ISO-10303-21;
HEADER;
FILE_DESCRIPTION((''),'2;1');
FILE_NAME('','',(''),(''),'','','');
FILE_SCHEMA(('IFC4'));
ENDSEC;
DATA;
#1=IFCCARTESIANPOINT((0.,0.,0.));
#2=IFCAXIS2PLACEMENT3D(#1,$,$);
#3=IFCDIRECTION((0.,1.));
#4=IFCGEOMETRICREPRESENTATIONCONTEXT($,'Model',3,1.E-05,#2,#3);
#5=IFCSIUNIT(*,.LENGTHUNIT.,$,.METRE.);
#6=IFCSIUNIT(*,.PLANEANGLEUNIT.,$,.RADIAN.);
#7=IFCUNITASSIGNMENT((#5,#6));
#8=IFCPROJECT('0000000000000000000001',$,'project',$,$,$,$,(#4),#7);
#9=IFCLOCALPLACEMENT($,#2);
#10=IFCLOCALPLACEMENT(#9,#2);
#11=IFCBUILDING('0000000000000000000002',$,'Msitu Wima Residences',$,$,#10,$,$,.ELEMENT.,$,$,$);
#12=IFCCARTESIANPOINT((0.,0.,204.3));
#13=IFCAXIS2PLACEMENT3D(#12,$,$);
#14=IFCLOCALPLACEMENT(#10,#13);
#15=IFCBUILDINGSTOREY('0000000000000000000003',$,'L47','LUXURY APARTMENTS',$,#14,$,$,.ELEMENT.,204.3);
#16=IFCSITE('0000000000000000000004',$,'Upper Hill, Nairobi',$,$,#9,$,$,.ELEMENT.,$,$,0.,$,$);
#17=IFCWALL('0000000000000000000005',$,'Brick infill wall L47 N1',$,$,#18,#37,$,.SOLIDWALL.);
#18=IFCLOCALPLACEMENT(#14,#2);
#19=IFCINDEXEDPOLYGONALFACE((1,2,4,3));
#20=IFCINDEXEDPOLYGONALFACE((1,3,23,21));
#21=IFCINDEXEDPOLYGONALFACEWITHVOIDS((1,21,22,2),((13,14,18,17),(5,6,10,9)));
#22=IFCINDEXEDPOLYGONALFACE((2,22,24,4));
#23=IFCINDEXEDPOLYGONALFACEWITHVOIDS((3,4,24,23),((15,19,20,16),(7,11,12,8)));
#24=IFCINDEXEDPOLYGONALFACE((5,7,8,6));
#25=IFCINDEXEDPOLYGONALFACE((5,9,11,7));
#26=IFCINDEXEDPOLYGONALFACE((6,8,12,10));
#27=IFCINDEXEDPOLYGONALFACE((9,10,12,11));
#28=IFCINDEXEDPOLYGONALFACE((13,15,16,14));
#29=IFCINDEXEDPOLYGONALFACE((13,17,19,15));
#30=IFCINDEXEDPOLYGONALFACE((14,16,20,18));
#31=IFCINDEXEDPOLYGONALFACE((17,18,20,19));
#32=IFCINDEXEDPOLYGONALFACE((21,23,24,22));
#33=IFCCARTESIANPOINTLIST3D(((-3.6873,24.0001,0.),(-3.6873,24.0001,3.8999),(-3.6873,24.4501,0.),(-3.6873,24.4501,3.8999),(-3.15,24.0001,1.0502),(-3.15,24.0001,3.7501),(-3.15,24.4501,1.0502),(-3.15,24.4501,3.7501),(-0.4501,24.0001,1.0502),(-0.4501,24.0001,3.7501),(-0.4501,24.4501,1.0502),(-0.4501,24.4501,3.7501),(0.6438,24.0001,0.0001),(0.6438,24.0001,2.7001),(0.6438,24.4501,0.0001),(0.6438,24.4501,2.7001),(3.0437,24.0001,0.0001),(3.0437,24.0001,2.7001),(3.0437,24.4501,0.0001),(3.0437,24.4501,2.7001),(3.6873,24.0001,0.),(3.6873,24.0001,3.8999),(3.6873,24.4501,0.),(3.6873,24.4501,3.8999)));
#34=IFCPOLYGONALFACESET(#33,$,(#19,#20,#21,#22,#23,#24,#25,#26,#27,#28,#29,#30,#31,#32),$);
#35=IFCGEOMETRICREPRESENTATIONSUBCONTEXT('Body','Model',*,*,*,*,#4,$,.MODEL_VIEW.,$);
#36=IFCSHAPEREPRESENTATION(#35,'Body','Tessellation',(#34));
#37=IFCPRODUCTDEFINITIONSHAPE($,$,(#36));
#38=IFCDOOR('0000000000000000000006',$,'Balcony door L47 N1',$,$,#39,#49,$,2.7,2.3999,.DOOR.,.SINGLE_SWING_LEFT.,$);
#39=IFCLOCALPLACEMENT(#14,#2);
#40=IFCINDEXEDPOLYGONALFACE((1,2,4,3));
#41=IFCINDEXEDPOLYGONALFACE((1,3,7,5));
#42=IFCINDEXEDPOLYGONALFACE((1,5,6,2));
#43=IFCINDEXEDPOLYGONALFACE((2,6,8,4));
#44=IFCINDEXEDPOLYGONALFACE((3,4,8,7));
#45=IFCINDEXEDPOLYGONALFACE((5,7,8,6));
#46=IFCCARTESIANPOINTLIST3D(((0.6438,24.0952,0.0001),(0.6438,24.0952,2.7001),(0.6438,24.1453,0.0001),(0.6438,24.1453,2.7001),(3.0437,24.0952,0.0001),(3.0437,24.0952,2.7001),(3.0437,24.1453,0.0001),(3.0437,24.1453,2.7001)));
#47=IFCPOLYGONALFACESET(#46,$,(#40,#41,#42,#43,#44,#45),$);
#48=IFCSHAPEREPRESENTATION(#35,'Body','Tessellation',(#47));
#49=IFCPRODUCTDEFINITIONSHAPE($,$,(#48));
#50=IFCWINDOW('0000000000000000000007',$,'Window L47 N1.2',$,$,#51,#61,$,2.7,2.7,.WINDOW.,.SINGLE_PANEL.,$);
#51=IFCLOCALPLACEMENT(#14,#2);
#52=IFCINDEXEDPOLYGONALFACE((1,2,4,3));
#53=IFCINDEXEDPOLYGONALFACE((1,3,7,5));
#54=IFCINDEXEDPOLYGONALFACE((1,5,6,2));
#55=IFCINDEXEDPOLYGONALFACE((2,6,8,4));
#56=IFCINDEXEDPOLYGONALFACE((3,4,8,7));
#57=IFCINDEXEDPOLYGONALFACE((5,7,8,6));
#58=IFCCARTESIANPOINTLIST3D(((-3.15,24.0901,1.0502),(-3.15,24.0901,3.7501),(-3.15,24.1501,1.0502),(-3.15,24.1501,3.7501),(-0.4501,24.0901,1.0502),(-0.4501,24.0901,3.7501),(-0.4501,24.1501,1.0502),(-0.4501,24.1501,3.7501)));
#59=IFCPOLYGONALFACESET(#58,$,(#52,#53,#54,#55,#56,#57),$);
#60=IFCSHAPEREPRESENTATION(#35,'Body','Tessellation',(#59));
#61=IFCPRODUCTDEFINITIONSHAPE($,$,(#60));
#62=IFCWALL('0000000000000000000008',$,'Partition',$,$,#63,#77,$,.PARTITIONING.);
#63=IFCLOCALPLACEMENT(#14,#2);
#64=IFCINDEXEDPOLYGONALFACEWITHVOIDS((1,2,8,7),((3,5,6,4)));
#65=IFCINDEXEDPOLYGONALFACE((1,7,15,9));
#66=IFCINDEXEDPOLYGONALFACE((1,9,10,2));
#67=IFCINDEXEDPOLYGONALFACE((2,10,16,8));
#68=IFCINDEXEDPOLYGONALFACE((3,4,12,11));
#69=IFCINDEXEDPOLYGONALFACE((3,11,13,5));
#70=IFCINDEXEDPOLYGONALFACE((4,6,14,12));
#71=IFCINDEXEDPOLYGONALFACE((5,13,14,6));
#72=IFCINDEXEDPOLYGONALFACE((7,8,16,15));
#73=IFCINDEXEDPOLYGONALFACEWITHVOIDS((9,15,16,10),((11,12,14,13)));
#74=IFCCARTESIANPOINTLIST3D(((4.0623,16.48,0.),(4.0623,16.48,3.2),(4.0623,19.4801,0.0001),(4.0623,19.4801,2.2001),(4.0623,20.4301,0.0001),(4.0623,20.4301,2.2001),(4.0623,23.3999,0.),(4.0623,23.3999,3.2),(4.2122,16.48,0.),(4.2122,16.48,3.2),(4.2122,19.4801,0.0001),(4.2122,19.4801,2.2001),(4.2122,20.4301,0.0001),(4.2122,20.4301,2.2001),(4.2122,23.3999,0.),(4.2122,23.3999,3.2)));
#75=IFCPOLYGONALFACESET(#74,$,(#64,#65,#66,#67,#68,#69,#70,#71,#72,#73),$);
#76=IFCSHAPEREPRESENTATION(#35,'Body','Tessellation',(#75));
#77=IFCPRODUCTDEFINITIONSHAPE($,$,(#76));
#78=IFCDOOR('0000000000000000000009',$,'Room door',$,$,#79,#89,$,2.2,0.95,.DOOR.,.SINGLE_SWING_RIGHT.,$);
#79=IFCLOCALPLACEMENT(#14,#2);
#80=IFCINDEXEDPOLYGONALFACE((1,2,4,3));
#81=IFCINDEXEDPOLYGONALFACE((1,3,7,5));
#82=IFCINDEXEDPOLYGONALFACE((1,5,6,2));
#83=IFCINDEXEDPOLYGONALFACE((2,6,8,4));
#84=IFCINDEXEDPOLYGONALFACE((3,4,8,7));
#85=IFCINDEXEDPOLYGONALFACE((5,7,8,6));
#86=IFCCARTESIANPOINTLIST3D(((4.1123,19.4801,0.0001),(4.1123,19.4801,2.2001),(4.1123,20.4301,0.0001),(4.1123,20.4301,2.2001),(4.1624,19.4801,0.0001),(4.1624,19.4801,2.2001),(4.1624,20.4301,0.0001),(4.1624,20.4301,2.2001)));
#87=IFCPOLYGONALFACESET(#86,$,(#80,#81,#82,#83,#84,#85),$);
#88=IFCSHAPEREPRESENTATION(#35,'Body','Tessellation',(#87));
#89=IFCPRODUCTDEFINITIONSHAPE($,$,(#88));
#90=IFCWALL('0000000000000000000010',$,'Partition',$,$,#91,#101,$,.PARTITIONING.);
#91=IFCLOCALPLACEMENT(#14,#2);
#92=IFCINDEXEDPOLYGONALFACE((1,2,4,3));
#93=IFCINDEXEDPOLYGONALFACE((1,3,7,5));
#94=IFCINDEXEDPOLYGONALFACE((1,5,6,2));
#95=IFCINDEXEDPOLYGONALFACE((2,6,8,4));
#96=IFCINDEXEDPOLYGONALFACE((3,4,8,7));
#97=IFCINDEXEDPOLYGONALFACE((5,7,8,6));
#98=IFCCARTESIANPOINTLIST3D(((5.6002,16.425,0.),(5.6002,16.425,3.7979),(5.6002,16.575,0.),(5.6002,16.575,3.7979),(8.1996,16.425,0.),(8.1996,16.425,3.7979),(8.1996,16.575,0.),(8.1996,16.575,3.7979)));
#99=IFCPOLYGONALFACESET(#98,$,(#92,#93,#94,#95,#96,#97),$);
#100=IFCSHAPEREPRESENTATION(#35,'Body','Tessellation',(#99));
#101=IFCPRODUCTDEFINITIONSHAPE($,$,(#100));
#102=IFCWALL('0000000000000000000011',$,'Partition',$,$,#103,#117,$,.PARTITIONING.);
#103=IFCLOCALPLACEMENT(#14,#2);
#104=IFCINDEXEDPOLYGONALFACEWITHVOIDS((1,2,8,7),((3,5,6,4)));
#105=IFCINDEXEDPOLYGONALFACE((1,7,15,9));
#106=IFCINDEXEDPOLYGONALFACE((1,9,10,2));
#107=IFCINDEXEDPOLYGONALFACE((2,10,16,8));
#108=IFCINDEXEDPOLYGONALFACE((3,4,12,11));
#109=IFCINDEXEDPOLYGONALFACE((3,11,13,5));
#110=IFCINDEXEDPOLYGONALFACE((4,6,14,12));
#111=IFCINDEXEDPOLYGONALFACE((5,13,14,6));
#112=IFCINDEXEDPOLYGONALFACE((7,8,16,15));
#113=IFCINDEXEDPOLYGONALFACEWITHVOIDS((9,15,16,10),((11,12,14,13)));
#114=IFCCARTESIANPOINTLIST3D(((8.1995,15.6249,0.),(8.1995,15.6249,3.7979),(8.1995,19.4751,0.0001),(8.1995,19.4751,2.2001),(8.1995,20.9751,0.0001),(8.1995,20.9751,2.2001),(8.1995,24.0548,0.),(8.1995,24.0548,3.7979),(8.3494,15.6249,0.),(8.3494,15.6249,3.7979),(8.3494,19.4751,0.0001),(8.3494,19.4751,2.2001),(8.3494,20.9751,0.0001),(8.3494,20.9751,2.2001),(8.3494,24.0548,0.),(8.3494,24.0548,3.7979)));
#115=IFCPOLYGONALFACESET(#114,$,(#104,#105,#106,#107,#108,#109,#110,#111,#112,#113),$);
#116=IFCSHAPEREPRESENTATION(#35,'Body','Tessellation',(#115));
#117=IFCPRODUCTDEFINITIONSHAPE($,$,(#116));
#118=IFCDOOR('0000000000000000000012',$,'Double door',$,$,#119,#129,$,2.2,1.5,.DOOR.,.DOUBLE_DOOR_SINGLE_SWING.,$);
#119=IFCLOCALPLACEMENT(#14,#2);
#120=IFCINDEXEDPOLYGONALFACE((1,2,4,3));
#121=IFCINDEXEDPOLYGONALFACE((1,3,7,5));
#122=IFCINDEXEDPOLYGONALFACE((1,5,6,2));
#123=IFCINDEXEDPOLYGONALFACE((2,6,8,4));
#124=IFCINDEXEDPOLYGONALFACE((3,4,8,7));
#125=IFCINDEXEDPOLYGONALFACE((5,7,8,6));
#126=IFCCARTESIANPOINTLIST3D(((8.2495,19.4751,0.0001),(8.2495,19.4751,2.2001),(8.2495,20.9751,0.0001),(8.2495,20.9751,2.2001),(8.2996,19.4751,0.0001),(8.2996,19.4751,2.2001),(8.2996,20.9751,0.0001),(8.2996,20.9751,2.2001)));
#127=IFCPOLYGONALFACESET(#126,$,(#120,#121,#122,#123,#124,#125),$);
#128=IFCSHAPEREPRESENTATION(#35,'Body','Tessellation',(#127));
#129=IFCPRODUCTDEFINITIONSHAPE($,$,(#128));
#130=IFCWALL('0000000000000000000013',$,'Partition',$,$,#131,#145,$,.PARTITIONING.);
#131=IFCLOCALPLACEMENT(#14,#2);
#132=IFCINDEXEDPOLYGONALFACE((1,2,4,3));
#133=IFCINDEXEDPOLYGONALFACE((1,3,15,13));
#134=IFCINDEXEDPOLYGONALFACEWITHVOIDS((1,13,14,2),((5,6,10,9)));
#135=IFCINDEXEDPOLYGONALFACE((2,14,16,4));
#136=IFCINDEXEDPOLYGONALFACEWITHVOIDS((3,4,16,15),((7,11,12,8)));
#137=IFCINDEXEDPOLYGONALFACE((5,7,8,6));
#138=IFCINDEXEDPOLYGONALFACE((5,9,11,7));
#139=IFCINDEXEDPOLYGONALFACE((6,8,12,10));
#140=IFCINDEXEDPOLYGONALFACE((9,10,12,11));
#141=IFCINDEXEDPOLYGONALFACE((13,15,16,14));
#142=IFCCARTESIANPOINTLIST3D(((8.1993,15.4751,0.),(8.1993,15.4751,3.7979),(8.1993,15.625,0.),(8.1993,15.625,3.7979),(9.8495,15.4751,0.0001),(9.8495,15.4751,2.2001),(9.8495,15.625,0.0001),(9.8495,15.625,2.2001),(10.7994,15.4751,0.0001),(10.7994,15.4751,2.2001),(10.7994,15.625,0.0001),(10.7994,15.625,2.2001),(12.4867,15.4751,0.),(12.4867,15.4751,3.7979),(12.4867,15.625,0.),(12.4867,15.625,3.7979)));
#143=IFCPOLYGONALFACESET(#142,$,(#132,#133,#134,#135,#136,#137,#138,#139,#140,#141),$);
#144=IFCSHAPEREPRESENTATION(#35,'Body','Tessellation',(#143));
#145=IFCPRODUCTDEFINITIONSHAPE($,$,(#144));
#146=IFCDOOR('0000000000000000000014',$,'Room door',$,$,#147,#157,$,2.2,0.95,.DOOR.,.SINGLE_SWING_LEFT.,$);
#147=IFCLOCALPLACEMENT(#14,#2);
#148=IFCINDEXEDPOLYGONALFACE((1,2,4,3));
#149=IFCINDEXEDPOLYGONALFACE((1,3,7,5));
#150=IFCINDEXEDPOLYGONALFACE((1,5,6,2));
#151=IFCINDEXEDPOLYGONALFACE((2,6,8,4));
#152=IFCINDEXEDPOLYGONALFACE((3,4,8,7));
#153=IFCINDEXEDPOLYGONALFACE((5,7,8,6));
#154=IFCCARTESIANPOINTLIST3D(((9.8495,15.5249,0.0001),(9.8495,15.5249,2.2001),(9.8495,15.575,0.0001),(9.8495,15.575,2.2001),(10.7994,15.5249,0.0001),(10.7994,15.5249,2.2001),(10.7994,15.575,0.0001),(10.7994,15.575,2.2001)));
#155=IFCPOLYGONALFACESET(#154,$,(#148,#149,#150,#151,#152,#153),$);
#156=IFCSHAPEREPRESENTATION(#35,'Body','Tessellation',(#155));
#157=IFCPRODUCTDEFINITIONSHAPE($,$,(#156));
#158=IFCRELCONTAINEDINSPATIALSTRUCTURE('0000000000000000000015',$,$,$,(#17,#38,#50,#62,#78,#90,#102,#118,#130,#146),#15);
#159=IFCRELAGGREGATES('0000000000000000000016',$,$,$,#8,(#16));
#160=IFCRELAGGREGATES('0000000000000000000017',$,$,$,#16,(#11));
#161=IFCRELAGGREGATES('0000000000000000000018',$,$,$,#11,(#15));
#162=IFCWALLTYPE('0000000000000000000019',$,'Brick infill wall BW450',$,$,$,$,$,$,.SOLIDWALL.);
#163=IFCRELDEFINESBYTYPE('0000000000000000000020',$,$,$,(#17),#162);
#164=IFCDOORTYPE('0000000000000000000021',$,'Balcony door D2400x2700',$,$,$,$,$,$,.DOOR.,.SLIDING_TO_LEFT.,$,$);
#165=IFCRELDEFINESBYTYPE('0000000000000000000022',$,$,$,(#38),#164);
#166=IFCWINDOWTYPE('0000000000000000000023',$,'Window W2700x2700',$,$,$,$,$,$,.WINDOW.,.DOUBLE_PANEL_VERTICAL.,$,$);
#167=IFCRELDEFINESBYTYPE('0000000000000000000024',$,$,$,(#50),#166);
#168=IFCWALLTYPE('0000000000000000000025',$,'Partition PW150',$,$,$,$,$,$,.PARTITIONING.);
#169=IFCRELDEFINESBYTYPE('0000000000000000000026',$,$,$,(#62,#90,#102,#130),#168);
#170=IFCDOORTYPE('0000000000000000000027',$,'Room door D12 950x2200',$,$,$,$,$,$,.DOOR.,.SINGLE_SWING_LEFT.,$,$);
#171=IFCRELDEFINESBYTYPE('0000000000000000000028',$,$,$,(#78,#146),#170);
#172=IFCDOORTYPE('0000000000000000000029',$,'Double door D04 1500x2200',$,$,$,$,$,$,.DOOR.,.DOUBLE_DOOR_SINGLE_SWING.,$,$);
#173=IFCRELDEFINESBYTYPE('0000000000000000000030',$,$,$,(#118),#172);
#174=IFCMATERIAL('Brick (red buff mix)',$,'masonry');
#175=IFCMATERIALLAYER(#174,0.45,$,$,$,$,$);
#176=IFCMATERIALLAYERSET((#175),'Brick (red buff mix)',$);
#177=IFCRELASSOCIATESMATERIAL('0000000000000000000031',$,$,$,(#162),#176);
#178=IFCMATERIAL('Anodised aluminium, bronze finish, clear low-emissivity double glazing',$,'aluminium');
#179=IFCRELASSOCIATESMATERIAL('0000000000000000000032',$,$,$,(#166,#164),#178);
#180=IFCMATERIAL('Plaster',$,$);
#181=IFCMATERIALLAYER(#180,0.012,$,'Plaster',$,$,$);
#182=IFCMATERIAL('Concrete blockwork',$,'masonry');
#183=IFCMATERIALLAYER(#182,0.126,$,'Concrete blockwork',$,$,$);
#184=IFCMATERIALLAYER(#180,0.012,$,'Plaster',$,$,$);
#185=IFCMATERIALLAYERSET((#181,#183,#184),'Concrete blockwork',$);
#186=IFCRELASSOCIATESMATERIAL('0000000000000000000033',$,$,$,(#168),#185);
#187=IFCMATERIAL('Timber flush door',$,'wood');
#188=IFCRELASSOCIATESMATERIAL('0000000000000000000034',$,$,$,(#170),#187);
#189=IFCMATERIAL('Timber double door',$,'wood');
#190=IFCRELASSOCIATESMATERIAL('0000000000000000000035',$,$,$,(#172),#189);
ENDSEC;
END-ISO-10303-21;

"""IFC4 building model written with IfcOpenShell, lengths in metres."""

from ifc_helpers import new_model, si_unit, direction, frame, frame_2d, origin, place, context, subcontext, project, spatial, rectangle, extrude, material, layer, layer_set, type_object, element, fill, save


model = new_model("IFC4")

# Units and contexts
model_context = context("Model", 3, precision=1e-05, world=origin(), true_north=direction((0.0, 1.0)))
body_context = subcontext(model_context, "Body", "Model", "MODEL_VIEW")
ifc_project = project(units=[si_unit("LENGTHUNIT", "METRE"), si_unit("PLANEANGLEUNIT", "RADIAN")], contexts=[model_context])

# Site, building, storey
site_placement = place(None, origin())
site = spatial("IfcSite", under=ifc_project, at=site_placement, Name="Upper Hill, Nairobi", CompositionType="ELEMENT", RefElevation=0.0)
building_placement = place(site_placement, origin())
building = spatial("IfcBuilding", under=site, at=building_placement, Name="Msitu Wima Residences", CompositionType="ELEMENT")
storey_placement = place(building_placement, frame((0.0, 0.0, 204.3)))
storey = spatial("IfcBuildingStorey", under=building, at=storey_placement, Name="L47", Description="LUXURY APARTMENTS", CompositionType="ELEMENT", Elevation=204.3)

# Shared definitions
ifc_material_1 = material(Name="Brick (red buff mix)", Category="masonry")
ifc_layer_1 = layer(ifc_material_1, 0.45)
ifc_layer_set_1 = layer_set([ifc_layer_1], Name="Brick (red buff mix)")
wall_type_1 = type_object("IfcWallType", Name="Brick infill wall BW450", PredefinedType="SOLIDWALL", material=ifc_layer_set_1)
ifc_material_2 = material(Name="Anodised aluminium, bronze finish, clear low-emissivity double glazing", Category="aluminium")
window_type = type_object("IfcWindowType", Name="Window W2700x2700", PartitioningType="DOUBLE_PANEL_VERTICAL", PredefinedType="WINDOW", material=ifc_material_2)

# Wall, openings, door, window
wall_1_placement = place(storey_placement, frame((3.6873, 24.2251, 0.0), z_axis=(0.0, 0.0, 1.0), x_axis=(-1.0, 0.0, 0.0)))
wall_1 = element("IfcWall", 1, at=wall_1_placement, inside=storey, type_object=wall_type_1, Name="Brick infill wall L47 N1", PredefinedType="SOLIDWALL", context=body_context, shape_type="SweptSolid", body=[
    extrude(rectangle(XDim=7.3745, YDim=0.45, at=frame_2d((3.6873, 0.0))), origin(), (0.0, 0.0, 1.0), 3.8999),
])
opening_1_placement = place(wall_1_placement, frame((0.6436, 0.0, 0.0)))
opening_1 = element("IfcOpeningElement", 2, at=opening_1_placement, cuts=wall_1, PredefinedType="OPENING", context=body_context, shape_type="SweptSolid", body=[
    extrude(rectangle(XDim=2.3999, YDim=2.7, at=frame_2d((1.2, 1.3501))), frame((0.0, 0.2349, 0.0), z_axis=(0.0, -1.0, 0.0), x_axis=(1.0, 0.0, 0.0)), (0.0, 0.0, 1.0), 0.47),
])
opening_2_placement = place(wall_1_placement, frame((4.1372, 0.0, 1.05)))
opening_2 = element("IfcOpeningElement", 3, at=opening_2_placement, cuts=wall_1, PredefinedType="OPENING", context=body_context, shape_type="SweptSolid", body=[
    extrude(rectangle(XDim=2.7, YDim=2.7, at=frame_2d((1.3501, 1.3501))), frame((0.0, 0.2349, 0.0), z_axis=(0.0, -1.0, 0.0), x_axis=(1.0, 0.0, 0.0)), (0.0, 0.0, 1.0), 0.47),
])
door_type_1 = type_object("IfcDoorType", Name="Balcony door D2400x2700", OperationType="SLIDING_TO_LEFT", PredefinedType="DOOR", material=ifc_material_2)
door_1_placement = place(opening_1_placement, origin())
door_1 = element("IfcDoor", 4, at=door_1_placement, inside=storey, type_object=door_type_1, Name="Balcony door L47 N1", OperationType="SINGLE_SWING_LEFT", OverallHeight=2.7, OverallWidth=2.3999, PredefinedType="DOOR", context=body_context, shape_type="SweptSolid", body=[
    extrude(rectangle(XDim=2.3999, YDim=2.7, at=frame_2d((1.2, 1.3501))), frame((0.0, 0.1299, 0.0), z_axis=(0.0, -1.0, 0.0), x_axis=(1.0, 0.0, 0.0)), (0.0, 0.0, 1.0), 0.05),
])
fill(opening_1, door_1)
window_1_placement = place(opening_2_placement, origin())
window_1 = element("IfcWindow", 5, at=window_1_placement, inside=storey, type_object=window_type, Name="Window L47 N1.2", OverallHeight=2.7, OverallWidth=2.7, PartitioningType="SINGLE_PANEL", PredefinedType="WINDOW", context=body_context, shape_type="SweptSolid", body=[
    extrude(rectangle(XDim=2.7, YDim=2.7, at=frame_2d((1.3501, 1.3501))), frame((0.0, 0.135, 0.0), z_axis=(0.0, -1.0, 0.0), x_axis=(1.0, 0.0, 0.0)), (0.0, 0.0, 1.0), 0.0601),
])
fill(opening_2, window_1)

# Wall, opening, door
ifc_material_3 = material(Name="Plaster")
ifc_layer_2 = layer(ifc_material_3, 0.012, Name="Plaster")
ifc_material_4 = material(Name="Concrete blockwork", Category="masonry")
ifc_layer_3 = layer(ifc_material_4, 0.126, Name="Concrete blockwork")
ifc_layer_4 = layer(ifc_material_3, 0.012, Name="Plaster")
ifc_layer_set_2 = layer_set([ifc_layer_2, ifc_layer_3, ifc_layer_4], Name="Concrete blockwork")
wall_type_2 = type_object("IfcWallType", Name="Partition PW150", PredefinedType="PARTITIONING", material=ifc_layer_set_2)
wall_2_placement = place(storey_placement, frame((4.1372, 16.48, 0.0), z_axis=(0.0, 0.0, 1.0), x_axis=(0.0, 1.0, 0.0)))
wall_2 = element("IfcWall", 6, at=wall_2_placement, inside=storey, type_object=wall_type_2, Name="Partition", PredefinedType="PARTITIONING", context=body_context, shape_type="SweptSolid", body=[
    extrude(rectangle(XDim=6.9199, YDim=0.1499, at=frame_2d((3.46, 0.0))), origin(), (0.0, 0.0, 1.0), 3.2),
])
opening_3_placement = place(wall_2_placement, frame((3.0, 0.0, 0.0)))
opening_3 = element("IfcOpeningElement", 7, at=opening_3_placement, cuts=wall_2, PredefinedType="OPENING", context=body_context, shape_type="SweptSolid", body=[
    extrude(rectangle(XDim=0.95, YDim=2.2, at=frame_2d((0.4751, 1.1001))), frame((0.0, 0.085, 0.0), z_axis=(0.0, -1.0, 0.0), x_axis=(1.0, 0.0, 0.0)), (0.0, 0.0, 1.0), 0.1699),
])
ifc_material_5 = material(Name="Timber flush door", Category="wood")
door_type_2 = type_object("IfcDoorType", Name="Room door D12 950x2200", OperationType="SINGLE_SWING_LEFT", PredefinedType="DOOR", material=ifc_material_5)
door_2_placement = place(opening_3_placement, origin())
door_2 = element("IfcDoor", 8, at=door_2_placement, inside=storey, type_object=door_type_2, Name="Room door", OperationType="SINGLE_SWING_RIGHT", OverallHeight=2.2, OverallWidth=0.95, PredefinedType="DOOR", context=body_context, shape_type="SweptSolid", body=[
    extrude(rectangle(XDim=0.95, YDim=2.2, at=frame_2d((0.4751, 1.1001))), frame((0.0, 0.0249, 0.0), z_axis=(0.0, -1.0, 0.0), x_axis=(1.0, 0.0, 0.0)), (0.0, 0.0, 1.0), 0.05),
])
fill(opening_3, door_2)

# Wall
wall_3_placement = place(storey_placement, frame((5.6001, 16.5, 0.0), z_axis=(0.0, 0.0, 1.0), x_axis=(1.0, 0.0, 0.0)))
element("IfcWall", 9, at=wall_3_placement, inside=storey, type_object=wall_type_2, Name="Partition", PredefinedType="PARTITIONING", context=body_context, shape_type="SweptSolid", body=[
    extrude(rectangle(XDim=2.5994, YDim=0.1499, at=frame_2d((1.2998, 0.0))), origin(), (0.0, 0.0, 1.0), 3.7979),
])

# Walls, openings, doors
wall_4_placement = place(storey_placement, frame((8.2744, 15.625, 0.0), z_axis=(0.0, 0.0, 1.0), x_axis=(0.0, 1.0, 0.0)))
wall_4 = element("IfcWall", 10, at=wall_4_placement, inside=storey, type_object=wall_type_2, Name="Partition", PredefinedType="PARTITIONING", context=body_context, shape_type="SweptSolid", body=[
    extrude(rectangle(XDim=8.4299, YDim=0.1499, at=frame_2d((4.2148, 0.0))), origin(), (0.0, 0.0, 1.0), 3.7979),
])
opening_4_placement = place(wall_4_placement, frame((3.8501, 0.0, 0.0)))
opening_4 = element("IfcOpeningElement", 11, at=opening_4_placement, cuts=wall_4, PredefinedType="OPENING", context=body_context, shape_type="SweptSolid", body=[
    extrude(rectangle(XDim=1.5, YDim=2.2, at=frame_2d((0.75, 1.1001))), frame((0.0, 0.085, 0.0), z_axis=(0.0, -1.0, 0.0), x_axis=(1.0, 0.0, 0.0)), (0.0, 0.0, 1.0), 0.1699),
])
ifc_material_6 = material(Name="Timber double door", Category="wood")
door_type_3 = type_object("IfcDoorType", Name="Double door D04 1500x2200", OperationType="DOUBLE_DOOR_SINGLE_SWING", PredefinedType="DOOR", material=ifc_material_6)
door_3_placement = place(opening_4_placement, origin())
door_3 = element("IfcDoor", 12, at=door_3_placement, inside=storey, type_object=door_type_3, Name="Double door", OperationType="DOUBLE_DOOR_SINGLE_SWING", OverallHeight=2.2, OverallWidth=1.5, PredefinedType="DOOR", context=body_context, shape_type="SweptSolid", body=[
    extrude(rectangle(XDim=1.5, YDim=2.2, at=frame_2d((0.75, 1.1001))), frame((0.0, 0.0249, 0.0), z_axis=(0.0, -1.0, 0.0), x_axis=(1.0, 0.0, 0.0)), (0.0, 0.0, 1.0), 0.05),
])
fill(opening_4, door_3)
wall_5_placement = place(storey_placement, frame((8.1995, 15.55, 0.0), z_axis=(0.0, 0.0, 1.0), x_axis=(1.0, 0.0, 0.0)))
wall_5 = element("IfcWall", 13, at=wall_5_placement, inside=storey, type_object=wall_type_2, Name="Partition", PredefinedType="PARTITIONING", context=body_context, shape_type="SweptSolid", body=[
    extrude(rectangle(XDim=4.2874, YDim=0.1499, at=frame_2d((2.1436, 0.0))), origin(), (0.0, 0.0, 1.0), 3.7979),
])
opening_5_placement = place(wall_5_placement, frame((1.6499, 0.0, 0.0)))
opening_5 = element("IfcOpeningElement", 14, at=opening_5_placement, cuts=wall_5, PredefinedType="OPENING", context=body_context, shape_type="SweptSolid", body=[
    extrude(rectangle(XDim=0.95, YDim=2.2, at=frame_2d((0.4751, 1.1001))), frame((0.0, 0.085, 0.0), z_axis=(0.0, -1.0, 0.0), x_axis=(1.0, 0.0, 0.0)), (0.0, 0.0, 1.0), 0.1699),
])
door_4_placement = place(opening_5_placement, origin())
door_4 = element("IfcDoor", 15, at=door_4_placement, inside=storey, type_object=door_type_2, Name="Room door", OperationType="SINGLE_SWING_LEFT", OverallHeight=2.2, OverallWidth=0.95, PredefinedType="DOOR", context=body_context, shape_type="SweptSolid", body=[
    extrude(rectangle(XDim=0.95, YDim=2.2, at=frame_2d((0.4751, 1.1001))), frame((0.0, 0.0249, 0.0), z_axis=(0.0, -1.0, 0.0), x_axis=(1.0, 0.0, 0.0)), (0.0, 0.0, 1.0), 0.05),
])
fill(opening_5, door_4)

save(model, "model.ifc")
